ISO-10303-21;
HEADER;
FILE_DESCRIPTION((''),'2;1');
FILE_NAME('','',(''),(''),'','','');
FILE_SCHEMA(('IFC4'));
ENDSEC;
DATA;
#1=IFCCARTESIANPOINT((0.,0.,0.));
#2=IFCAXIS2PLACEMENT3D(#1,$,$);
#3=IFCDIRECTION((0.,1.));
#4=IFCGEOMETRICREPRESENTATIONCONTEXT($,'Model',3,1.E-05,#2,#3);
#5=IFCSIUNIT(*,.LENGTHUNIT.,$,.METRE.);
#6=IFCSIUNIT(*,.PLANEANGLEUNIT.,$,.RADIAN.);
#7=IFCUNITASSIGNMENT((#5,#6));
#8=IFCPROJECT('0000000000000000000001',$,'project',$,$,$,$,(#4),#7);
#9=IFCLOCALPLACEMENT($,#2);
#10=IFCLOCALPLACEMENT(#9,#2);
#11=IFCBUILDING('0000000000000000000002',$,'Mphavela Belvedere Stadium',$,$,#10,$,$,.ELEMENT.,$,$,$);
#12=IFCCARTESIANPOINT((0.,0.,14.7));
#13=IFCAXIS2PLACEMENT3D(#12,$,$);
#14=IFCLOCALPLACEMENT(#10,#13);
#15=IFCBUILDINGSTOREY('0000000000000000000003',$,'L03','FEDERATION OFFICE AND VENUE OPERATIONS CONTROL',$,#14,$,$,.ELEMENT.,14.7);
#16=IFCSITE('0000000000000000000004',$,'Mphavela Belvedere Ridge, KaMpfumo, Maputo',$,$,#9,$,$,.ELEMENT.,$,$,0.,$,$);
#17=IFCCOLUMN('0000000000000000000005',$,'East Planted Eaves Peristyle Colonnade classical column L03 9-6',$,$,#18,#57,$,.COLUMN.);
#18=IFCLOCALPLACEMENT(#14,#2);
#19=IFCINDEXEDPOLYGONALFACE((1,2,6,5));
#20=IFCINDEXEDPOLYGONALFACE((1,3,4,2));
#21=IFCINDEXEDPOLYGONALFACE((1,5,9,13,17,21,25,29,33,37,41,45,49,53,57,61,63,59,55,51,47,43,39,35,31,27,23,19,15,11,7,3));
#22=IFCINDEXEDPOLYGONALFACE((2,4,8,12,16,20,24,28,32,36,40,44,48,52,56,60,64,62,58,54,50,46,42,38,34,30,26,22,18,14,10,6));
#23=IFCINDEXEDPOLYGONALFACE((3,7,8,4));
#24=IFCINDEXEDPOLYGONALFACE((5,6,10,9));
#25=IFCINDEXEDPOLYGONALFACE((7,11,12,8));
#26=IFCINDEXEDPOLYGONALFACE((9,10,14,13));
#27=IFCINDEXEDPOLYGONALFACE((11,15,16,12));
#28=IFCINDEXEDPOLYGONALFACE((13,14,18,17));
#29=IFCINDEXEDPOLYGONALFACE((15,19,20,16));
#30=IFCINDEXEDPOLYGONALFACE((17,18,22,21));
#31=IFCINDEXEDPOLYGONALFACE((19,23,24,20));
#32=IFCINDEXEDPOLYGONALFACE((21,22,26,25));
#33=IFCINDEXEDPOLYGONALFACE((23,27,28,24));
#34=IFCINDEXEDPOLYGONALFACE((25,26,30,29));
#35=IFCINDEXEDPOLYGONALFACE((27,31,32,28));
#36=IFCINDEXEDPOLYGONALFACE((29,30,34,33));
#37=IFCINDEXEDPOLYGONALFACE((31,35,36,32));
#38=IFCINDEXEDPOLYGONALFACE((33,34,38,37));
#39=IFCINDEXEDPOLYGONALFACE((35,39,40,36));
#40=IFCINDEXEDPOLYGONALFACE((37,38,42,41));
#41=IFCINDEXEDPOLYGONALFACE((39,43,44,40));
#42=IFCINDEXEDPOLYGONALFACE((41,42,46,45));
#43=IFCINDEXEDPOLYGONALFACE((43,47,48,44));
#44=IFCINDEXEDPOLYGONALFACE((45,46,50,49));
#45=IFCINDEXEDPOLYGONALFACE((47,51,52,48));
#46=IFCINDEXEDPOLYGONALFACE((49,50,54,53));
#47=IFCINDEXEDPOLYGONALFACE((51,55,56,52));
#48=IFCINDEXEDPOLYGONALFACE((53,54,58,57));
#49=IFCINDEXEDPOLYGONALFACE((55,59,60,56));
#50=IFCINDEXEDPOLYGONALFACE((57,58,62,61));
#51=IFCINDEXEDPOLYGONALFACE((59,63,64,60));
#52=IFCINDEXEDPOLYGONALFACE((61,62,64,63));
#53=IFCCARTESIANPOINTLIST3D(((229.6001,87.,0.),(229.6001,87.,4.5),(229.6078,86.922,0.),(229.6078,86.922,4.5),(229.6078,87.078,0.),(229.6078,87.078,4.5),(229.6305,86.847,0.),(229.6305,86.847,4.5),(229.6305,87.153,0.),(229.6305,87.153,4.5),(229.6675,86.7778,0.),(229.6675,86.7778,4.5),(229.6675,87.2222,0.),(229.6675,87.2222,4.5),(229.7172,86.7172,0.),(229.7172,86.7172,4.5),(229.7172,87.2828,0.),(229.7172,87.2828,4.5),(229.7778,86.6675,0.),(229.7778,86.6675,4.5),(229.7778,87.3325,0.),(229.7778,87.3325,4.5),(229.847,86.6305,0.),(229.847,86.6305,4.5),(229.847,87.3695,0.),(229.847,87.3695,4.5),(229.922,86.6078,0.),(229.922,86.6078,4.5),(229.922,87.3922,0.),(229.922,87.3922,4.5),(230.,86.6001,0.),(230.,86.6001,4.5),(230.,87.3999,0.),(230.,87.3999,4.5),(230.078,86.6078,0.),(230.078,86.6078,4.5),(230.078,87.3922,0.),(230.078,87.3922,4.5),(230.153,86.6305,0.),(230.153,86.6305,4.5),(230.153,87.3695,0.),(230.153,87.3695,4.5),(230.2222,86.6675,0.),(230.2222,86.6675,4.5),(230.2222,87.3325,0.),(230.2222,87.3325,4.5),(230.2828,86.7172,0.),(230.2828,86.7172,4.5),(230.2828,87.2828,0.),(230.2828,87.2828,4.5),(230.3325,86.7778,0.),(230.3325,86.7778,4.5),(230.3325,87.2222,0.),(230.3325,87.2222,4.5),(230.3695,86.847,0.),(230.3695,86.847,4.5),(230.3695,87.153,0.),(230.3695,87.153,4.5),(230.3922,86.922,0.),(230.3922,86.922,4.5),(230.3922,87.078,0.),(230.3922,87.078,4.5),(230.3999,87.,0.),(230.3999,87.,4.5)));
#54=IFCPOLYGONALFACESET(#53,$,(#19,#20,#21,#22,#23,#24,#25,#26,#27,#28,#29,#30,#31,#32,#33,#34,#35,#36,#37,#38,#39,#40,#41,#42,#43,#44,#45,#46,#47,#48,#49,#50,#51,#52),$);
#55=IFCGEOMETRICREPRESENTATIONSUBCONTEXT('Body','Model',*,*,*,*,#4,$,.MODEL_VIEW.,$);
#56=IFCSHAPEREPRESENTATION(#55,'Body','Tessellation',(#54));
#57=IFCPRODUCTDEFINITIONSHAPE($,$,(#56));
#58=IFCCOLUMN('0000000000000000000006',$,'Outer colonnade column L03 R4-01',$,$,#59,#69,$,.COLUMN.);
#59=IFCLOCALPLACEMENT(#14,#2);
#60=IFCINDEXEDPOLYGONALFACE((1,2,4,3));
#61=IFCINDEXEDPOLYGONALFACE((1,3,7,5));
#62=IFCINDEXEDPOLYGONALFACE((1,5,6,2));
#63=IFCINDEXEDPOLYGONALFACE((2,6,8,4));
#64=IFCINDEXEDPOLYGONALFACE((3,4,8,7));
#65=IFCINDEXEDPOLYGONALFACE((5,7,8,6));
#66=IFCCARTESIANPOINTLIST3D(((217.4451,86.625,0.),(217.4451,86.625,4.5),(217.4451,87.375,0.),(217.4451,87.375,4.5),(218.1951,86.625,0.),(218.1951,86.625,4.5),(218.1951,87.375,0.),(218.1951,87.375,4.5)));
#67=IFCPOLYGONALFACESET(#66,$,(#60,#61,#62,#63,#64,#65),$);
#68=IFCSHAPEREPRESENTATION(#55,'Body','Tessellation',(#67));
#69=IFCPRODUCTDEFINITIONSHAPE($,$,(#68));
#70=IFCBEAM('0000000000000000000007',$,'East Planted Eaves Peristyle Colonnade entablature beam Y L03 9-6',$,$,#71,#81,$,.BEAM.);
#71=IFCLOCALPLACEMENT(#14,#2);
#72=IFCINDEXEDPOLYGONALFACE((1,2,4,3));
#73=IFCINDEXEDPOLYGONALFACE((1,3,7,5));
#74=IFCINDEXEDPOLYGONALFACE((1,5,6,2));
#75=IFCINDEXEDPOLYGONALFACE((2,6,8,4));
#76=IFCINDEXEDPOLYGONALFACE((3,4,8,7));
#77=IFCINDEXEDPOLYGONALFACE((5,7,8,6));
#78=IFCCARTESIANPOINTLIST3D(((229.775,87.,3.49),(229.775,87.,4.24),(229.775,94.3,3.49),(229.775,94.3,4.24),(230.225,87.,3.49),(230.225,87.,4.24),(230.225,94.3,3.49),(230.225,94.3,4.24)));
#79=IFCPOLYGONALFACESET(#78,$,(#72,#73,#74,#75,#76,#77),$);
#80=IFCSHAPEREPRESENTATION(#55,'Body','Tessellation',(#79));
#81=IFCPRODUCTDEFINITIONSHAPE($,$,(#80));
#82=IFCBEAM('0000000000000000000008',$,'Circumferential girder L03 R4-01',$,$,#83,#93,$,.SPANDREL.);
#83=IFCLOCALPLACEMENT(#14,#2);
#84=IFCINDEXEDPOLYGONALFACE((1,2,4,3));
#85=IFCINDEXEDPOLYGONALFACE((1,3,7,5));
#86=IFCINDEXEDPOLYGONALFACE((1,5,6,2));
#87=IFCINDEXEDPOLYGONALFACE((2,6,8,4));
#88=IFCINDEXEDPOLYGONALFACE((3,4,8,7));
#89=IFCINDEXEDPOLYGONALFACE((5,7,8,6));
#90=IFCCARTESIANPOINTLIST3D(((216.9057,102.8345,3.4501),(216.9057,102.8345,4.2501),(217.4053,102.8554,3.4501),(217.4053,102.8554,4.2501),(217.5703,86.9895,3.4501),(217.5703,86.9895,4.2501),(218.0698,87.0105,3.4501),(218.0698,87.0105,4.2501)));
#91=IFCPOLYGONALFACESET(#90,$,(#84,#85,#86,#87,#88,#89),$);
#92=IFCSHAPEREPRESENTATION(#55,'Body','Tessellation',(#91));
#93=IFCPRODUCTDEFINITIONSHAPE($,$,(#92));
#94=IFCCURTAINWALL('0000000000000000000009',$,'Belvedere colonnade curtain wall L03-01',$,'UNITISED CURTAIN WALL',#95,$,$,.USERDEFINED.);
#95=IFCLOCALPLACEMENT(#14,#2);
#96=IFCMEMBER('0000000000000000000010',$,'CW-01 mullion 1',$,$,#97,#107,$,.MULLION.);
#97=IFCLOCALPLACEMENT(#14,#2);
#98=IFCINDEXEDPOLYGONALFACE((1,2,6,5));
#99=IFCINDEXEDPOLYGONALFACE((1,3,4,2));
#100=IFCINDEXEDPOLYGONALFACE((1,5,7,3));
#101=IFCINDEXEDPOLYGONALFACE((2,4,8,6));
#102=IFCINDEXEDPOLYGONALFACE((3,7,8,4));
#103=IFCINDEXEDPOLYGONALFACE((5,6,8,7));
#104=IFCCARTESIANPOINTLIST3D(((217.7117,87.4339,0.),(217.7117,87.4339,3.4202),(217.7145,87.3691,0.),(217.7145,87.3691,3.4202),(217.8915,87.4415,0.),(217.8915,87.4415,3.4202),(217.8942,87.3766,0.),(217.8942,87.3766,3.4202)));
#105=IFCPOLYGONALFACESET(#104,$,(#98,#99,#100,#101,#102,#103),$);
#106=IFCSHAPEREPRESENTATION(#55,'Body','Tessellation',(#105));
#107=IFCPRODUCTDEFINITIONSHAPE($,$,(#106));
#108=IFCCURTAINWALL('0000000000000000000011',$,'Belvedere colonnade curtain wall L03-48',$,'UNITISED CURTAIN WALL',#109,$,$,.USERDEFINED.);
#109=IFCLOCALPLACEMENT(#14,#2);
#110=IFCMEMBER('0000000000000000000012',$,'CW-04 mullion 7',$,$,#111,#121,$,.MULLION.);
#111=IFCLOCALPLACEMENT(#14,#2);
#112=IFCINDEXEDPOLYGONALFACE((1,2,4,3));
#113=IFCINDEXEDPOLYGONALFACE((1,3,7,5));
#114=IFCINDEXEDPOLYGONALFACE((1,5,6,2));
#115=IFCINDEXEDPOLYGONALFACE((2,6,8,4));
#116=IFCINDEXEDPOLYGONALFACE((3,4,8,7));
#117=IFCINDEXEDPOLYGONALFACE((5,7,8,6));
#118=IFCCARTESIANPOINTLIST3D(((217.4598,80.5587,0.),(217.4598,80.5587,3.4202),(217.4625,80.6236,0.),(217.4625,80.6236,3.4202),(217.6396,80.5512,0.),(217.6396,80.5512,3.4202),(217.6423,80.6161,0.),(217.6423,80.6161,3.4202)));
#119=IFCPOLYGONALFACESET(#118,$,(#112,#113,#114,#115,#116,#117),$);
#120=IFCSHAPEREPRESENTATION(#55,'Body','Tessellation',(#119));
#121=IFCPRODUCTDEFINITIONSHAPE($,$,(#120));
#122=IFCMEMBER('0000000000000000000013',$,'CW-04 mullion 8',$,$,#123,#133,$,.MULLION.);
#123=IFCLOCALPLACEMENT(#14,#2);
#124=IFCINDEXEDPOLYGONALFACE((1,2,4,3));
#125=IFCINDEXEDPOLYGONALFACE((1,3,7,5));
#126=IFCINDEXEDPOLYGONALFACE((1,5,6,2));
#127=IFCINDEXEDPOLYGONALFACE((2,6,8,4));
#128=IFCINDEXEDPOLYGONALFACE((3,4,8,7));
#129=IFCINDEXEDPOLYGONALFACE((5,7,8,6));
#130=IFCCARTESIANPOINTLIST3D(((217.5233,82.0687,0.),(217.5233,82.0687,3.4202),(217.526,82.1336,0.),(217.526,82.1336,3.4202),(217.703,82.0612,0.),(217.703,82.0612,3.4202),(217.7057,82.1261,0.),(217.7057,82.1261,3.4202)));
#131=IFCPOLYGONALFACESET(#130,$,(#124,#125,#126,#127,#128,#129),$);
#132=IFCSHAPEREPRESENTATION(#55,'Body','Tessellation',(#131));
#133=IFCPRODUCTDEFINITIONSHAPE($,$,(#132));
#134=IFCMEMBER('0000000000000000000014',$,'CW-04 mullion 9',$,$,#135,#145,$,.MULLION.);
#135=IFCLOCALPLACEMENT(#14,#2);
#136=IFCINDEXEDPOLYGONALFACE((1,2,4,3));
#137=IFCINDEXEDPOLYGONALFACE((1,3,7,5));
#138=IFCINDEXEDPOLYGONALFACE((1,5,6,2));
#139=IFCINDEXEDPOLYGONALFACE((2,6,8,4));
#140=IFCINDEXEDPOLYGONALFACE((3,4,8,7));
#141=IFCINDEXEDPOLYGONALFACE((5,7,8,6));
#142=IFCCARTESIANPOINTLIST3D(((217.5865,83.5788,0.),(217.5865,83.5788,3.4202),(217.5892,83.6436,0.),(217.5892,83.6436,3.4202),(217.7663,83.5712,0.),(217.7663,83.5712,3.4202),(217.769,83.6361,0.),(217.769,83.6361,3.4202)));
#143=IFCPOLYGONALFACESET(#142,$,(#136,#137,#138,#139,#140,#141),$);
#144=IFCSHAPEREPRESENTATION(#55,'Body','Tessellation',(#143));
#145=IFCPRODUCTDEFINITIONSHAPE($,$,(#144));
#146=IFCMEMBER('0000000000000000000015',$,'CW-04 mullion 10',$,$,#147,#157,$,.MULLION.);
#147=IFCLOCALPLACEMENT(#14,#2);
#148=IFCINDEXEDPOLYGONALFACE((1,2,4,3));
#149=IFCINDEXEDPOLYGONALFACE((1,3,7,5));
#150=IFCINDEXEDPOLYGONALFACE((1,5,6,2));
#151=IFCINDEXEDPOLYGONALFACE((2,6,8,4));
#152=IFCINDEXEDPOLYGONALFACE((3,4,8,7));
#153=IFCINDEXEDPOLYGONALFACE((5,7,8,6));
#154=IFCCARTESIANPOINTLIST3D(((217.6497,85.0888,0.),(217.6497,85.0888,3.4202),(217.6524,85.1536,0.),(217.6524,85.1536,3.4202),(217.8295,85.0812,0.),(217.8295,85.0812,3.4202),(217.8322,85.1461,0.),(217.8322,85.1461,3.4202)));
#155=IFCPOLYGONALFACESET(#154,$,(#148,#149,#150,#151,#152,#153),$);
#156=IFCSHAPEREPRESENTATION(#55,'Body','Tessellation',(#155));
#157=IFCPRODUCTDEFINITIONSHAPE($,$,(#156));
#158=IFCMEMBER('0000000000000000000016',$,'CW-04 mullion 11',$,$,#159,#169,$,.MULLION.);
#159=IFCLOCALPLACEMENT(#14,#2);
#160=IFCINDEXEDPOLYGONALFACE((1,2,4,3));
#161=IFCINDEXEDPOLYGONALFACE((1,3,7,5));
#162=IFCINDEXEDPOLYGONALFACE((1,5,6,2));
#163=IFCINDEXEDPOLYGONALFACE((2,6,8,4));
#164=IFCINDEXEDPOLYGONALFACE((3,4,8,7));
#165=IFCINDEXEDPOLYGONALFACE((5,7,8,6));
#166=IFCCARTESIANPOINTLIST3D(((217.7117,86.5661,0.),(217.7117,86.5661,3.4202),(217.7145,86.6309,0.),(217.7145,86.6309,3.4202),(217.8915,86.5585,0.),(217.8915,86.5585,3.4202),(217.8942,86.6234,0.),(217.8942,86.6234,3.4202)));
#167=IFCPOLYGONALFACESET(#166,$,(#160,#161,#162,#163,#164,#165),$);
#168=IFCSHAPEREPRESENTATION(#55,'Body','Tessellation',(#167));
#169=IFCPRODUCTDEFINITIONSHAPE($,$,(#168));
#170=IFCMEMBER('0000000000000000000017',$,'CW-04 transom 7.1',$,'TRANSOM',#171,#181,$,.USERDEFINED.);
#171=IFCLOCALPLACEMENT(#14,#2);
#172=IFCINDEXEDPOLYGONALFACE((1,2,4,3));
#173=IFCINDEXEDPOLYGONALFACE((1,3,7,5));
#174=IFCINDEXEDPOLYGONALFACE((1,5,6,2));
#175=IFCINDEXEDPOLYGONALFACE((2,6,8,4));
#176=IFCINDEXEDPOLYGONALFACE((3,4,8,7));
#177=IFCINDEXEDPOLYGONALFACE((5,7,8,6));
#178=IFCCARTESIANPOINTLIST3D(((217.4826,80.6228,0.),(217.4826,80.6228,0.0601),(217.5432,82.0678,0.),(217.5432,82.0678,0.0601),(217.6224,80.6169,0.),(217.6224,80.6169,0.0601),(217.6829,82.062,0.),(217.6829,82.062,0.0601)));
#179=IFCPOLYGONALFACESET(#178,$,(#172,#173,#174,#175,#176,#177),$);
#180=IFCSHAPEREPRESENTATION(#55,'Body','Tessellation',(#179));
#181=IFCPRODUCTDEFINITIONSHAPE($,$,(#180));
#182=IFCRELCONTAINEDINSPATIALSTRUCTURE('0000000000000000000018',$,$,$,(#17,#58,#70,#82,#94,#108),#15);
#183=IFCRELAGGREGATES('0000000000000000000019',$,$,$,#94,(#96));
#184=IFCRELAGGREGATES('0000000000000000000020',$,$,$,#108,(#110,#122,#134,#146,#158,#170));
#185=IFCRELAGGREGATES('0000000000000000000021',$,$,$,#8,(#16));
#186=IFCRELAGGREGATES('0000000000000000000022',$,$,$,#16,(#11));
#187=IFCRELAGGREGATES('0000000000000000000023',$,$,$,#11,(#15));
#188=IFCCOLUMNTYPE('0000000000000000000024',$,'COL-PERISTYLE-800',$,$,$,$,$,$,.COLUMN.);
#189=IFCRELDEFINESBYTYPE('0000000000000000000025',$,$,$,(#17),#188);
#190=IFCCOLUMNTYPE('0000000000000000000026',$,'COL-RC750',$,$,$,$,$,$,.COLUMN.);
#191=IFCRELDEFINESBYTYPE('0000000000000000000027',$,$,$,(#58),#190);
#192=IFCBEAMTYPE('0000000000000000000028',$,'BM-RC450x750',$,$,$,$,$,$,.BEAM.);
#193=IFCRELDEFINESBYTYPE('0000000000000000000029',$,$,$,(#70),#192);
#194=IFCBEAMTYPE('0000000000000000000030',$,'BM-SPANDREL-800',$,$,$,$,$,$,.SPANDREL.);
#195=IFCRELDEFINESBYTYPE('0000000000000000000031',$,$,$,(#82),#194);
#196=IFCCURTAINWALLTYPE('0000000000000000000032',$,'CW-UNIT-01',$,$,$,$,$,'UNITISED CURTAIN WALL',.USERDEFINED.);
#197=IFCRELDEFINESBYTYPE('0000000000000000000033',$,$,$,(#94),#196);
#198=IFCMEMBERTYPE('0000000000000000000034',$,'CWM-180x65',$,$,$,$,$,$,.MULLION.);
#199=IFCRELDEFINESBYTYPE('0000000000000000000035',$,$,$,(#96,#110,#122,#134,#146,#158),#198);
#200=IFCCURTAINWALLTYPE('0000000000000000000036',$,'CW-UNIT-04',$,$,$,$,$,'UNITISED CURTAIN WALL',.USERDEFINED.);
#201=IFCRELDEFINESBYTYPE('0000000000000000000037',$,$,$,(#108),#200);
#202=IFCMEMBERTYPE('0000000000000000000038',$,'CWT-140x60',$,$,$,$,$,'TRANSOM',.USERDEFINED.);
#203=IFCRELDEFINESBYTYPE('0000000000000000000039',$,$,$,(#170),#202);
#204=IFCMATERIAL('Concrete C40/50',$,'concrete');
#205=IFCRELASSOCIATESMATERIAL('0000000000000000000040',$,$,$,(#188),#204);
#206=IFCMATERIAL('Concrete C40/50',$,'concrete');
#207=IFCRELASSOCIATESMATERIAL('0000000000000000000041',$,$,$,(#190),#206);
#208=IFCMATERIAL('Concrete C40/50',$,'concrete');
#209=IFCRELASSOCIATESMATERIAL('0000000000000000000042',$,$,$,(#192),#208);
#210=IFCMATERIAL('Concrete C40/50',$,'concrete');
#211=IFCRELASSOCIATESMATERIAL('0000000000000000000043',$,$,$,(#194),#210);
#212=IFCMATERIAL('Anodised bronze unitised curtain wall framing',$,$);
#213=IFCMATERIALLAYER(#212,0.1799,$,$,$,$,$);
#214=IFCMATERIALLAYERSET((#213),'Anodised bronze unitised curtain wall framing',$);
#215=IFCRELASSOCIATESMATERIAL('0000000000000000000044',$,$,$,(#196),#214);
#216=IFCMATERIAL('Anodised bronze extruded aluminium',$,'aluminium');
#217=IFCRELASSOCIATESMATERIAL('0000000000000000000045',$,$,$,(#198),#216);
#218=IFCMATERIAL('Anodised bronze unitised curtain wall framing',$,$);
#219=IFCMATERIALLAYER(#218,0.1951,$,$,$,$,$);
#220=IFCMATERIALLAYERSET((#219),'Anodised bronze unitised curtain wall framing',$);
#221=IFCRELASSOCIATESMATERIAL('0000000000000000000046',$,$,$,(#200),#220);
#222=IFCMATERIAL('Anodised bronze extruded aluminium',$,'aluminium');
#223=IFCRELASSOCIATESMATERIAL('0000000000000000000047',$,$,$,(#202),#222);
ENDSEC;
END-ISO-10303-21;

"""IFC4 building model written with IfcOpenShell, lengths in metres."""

from ifc_helpers import new_model, si_unit, direction, frame, origin, origin_2d, place, context, subcontext, project, spatial, rectangle, circle, extrude, material, layer, layer_set, material_profile, profile_set, type_object, element, aggregate, save


model = new_model("IFC4")

# Units and contexts
model_context = context("Model", 3, precision=1e-05, world=origin(), true_north=direction((0.0, 1.0)))
body_context = subcontext(model_context, "Body", "Model", "MODEL_VIEW")
ifc_project = project(units=[si_unit("LENGTHUNIT", "METRE"), si_unit("PLANEANGLEUNIT", "RADIAN")], contexts=[model_context])

# Site, building, storey
site_placement = place(None, origin())
site = spatial("IfcSite", under=ifc_project, at=site_placement, Name="Mphavela Belvedere Ridge, KaMpfumo, Maputo", CompositionType="ELEMENT", RefElevation=0.0)
building_placement = place(site_placement, origin())
building = spatial("IfcBuilding", under=site, at=building_placement, Name="Mphavela Belvedere Stadium", CompositionType="ELEMENT")
storey_placement = place(building_placement, frame((0.0, 0.0, 14.7)))
storey = spatial("IfcBuildingStorey", under=building, at=storey_placement, Name="L03", Description="FEDERATION OFFICE AND VENUE OPERATIONS CONTROL", CompositionType="ELEMENT", Elevation=14.7)

# Columns
ifc_material_1 = material(Name="Concrete C40/50", Category="concrete")
ifc_material_profile_1 = material_profile(ifc_material_1, circle(Radius=0.3999, at=origin_2d()), Name="COL D800")
ifc_profile_set_1 = profile_set([ifc_material_profile_1], Name="Concrete C40/50")
column_type_1 = type_object("IfcColumnType", Name="COL-PERISTYLE-800", PredefinedType="COLUMN", material=ifc_profile_set_1)
column_1_placement = place(storey_placement, frame((230.0, 87.0, 0.0), z_axis=(0.0, 0.0, 1.0), x_axis=(1.0, 0.0, 0.0)))
element("IfcColumn", 1, at=column_1_placement, inside=storey, type_object=column_type_1, Name="East Planted Eaves Peristyle Colonnade classical column L03 9-6", PredefinedType="COLUMN", context=body_context, shape_type="SweptSolid", body=[
    extrude(circle(Radius=0.3999, at=origin_2d()), origin(), (0.0, 0.0, 1.0), 4.5),
])
ifc_material_2 = material(Name="Concrete C40/50", Category="concrete")
ifc_material_profile_2 = material_profile(ifc_material_2, rectangle(XDim=0.75, YDim=0.75, at=origin_2d()), Name="RC 750x750")
ifc_profile_set_2 = profile_set([ifc_material_profile_2], Name="Concrete C40/50")
column_type_2 = type_object("IfcColumnType", Name="COL-RC750", PredefinedType="COLUMN", material=ifc_profile_set_2)
column_2_placement = place(storey_placement, frame((217.8201, 87.0, 0.0), z_axis=(0.0, 0.0, 1.0), x_axis=(1.0, 0.0, 0.0)))
element("IfcColumn", 2, at=column_2_placement, inside=storey, type_object=column_type_2, Name="Outer colonnade column L03 R4-01", PredefinedType="COLUMN", context=body_context, shape_type="SweptSolid", body=[
    extrude(rectangle(XDim=0.75, YDim=0.75, at=origin_2d()), origin(), (0.0, 0.0, 1.0), 4.5),
])

# Beams
ifc_material_3 = material(Name="Concrete C40/50", Category="concrete")
ifc_material_profile_3 = material_profile(ifc_material_3, rectangle(XDim=0.45, YDim=0.75, at=origin_2d()), Name="RC 450x750")
ifc_profile_set_3 = profile_set([ifc_material_profile_3], Name="Concrete C40/50")
beam_type_1 = type_object("IfcBeamType", Name="BM-RC450x750", PredefinedType="BEAM", material=ifc_profile_set_3)
beam_1_placement = place(storey_placement, frame((230.0, 87.0, 3.865), z_axis=(0.0, 1.0, 0.0), x_axis=(-1.0, 0.0, 0.0)))
element("IfcBeam", 3, at=beam_1_placement, inside=storey, type_object=beam_type_1, Name="East Planted Eaves Peristyle Colonnade entablature beam Y L03 9-6", PredefinedType="BEAM", context=body_context, shape_type="SweptSolid", body=[
    extrude(rectangle(XDim=0.45, YDim=0.75, at=origin_2d()), origin(), (0.0, 0.0, 1.0), 7.3),
])
ifc_material_4 = material(Name="Concrete C40/50", Category="concrete")
ifc_material_profile_4 = material_profile(ifc_material_4, rectangle(XDim=0.5, YDim=0.8, at=origin_2d()), Name="RC 500x800")
ifc_profile_set_4 = profile_set([ifc_material_profile_4], Name="Concrete C40/50")
beam_type_2 = type_object("IfcBeamType", Name="BM-SPANDREL-800", PredefinedType="SPANDREL", material=ifc_profile_set_4)
beam_2_placement = place(storey_placement, frame((217.8201, 87.0, 3.8501), z_axis=(-0.041904, 0.999122, 0.0), x_axis=(-0.999122, -0.041904, 0.0)))
element("IfcBeam", 4, at=beam_2_placement, inside=storey, type_object=beam_type_2, Name="Circumferential girder L03 R4-01", PredefinedType="SPANDREL", context=body_context, shape_type="SweptSolid", body=[
    extrude(rectangle(XDim=0.5, YDim=0.8, at=origin_2d()), origin(), (0.0, 0.0, 1.0), 15.8589),
])

# Curtain wall, member
ifc_material_5 = material(Name="Anodised bronze unitised curtain wall framing")
ifc_layer_1 = layer(ifc_material_5, 0.1799)
ifc_layer_set_1 = layer_set([ifc_layer_1], Name="Anodised bronze unitised curtain wall framing")
curtain_wall_type_1 = type_object("IfcCurtainWallType", Name="CW-UNIT-01", ElementType="UNITISED CURTAIN WALL", PredefinedType="USERDEFINED", material=ifc_layer_set_1)
curtain_wall_1_placement = place(storey_placement, origin())
curtain_wall_1 = element("IfcCurtainWall", 5, at=curtain_wall_1_placement, inside=storey, type_object=curtain_wall_type_1, Name="Belvedere colonnade curtain wall L03-01", ObjectType="UNITISED CURTAIN WALL", PredefinedType="USERDEFINED")
ifc_material_6 = material(Name="Anodised bronze extruded aluminium", Category="aluminium")
ifc_material_profile_5 = material_profile(ifc_material_6, rectangle(XDim=0.1799, YDim=0.0649, at=origin_2d()), Name="CW-MUL 180x65")
ifc_profile_set_5 = profile_set([ifc_material_profile_5], Name="Anodised bronze extruded aluminium")
member_type_1 = type_object("IfcMemberType", Name="CWM-180x65", PredefinedType="MULLION", material=ifc_profile_set_5)
member_1_placement = place(storey_placement, frame((217.803, 87.4053, 0.0), z_axis=(0.0, 0.0, 1.0), x_axis=(-0.999121, -0.041911, 0.0)))
member_1 = element("IfcMember", 6, at=member_1_placement, type_object=member_type_1, Name="CW-01 mullion 1", PredefinedType="MULLION", context=body_context, shape_type="SweptSolid", body=[
    extrude(rectangle(XDim=0.1799, YDim=0.0649, at=origin_2d()), origin(), (0.0, 0.0, 1.0), 3.4202),
])
aggregate(curtain_wall_1, [member_1])

# Curtain wall, members
ifc_material_7 = material(Name="Anodised bronze unitised curtain wall framing")
ifc_layer_2 = layer(ifc_material_7, 0.1951)
ifc_layer_set_2 = layer_set([ifc_layer_2], Name="Anodised bronze unitised curtain wall framing")
curtain_wall_type_2 = type_object("IfcCurtainWallType", Name="CW-UNIT-04", ElementType="UNITISED CURTAIN WALL", PredefinedType="USERDEFINED", material=ifc_layer_set_2)
curtain_wall_2_placement = place(storey_placement, origin())
curtain_wall_2 = element("IfcCurtainWall", 7, at=curtain_wall_2_placement, inside=storey, type_object=curtain_wall_type_2, Name="Belvedere colonnade curtain wall L03-48", ObjectType="UNITISED CURTAIN WALL", PredefinedType="USERDEFINED")
member_2_placement = place(storey_placement, frame((217.551, 80.5874, 0.0), z_axis=(0.0, 0.0, 1.0), x_axis=(-0.999121, 0.041911, 0.0)))
member_2 = element("IfcMember", 8, at=member_2_placement, type_object=member_type_1, Name="CW-04 mullion 7", PredefinedType="MULLION", context=body_context, shape_type="SweptSolid", body=[
    extrude(rectangle(XDim=0.1799, YDim=0.0649, at=origin_2d()), origin(), (0.0, 0.0, 1.0), 3.4202),
])
member_3_placement = place(storey_placement, frame((217.6145, 82.0974, 0.0), z_axis=(0.0, 0.0, 1.0), x_axis=(-0.999121, 0.041911, 0.0)))
member_3 = element("IfcMember", 9, at=member_3_placement, type_object=member_type_1, Name="CW-04 mullion 8", PredefinedType="MULLION", context=body_context, shape_type="SweptSolid", body=[
    extrude(rectangle(XDim=0.1799, YDim=0.0649, at=origin_2d()), origin(), (0.0, 0.0, 1.0), 3.4202),
])
member_4_placement = place(storey_placement, frame((217.6777, 83.6074, 0.0), z_axis=(0.0, 0.0, 1.0), x_axis=(-0.999121, 0.041911, 0.0)))
member_4 = element("IfcMember", 10, at=member_4_placement, type_object=member_type_1, Name="CW-04 mullion 9", PredefinedType="MULLION", context=body_context, shape_type="SweptSolid", body=[
    extrude(rectangle(XDim=0.1799, YDim=0.0649, at=origin_2d()), origin(), (0.0, 0.0, 1.0), 3.4202),
])
member_5_placement = place(storey_placement, frame((217.741, 85.1174, 0.0), z_axis=(0.0, 0.0, 1.0), x_axis=(-0.999121, 0.041911, 0.0)))
member_5 = element("IfcMember", 11, at=member_5_placement, type_object=member_type_1, Name="CW-04 mullion 10", PredefinedType="MULLION", context=body_context, shape_type="SweptSolid", body=[
    extrude(rectangle(XDim=0.1799, YDim=0.0649, at=origin_2d()), origin(), (0.0, 0.0, 1.0), 3.4202),
])
member_6_placement = place(storey_placement, frame((217.803, 86.5947, 0.0), z_axis=(0.0, 0.0, 1.0), x_axis=(-0.999121, 0.041911, 0.0)))
member_6 = element("IfcMember", 12, at=member_6_placement, type_object=member_type_1, Name="CW-04 mullion 11", PredefinedType="MULLION", context=body_context, shape_type="SweptSolid", body=[
    extrude(rectangle(XDim=0.1799, YDim=0.0649, at=origin_2d()), origin(), (0.0, 0.0, 1.0), 3.4202),
])
ifc_material_8 = material(Name="Anodised bronze extruded aluminium", Category="aluminium")
ifc_material_profile_6 = material_profile(ifc_material_8, rectangle(XDim=0.1399, YDim=0.0601, at=origin_2d()), Name="CW-TRN 140x60")
ifc_profile_set_6 = profile_set([ifc_material_profile_6], Name="Anodised bronze extruded aluminium")
member_type_2 = type_object("IfcMemberType", Name="CWT-140x60", ElementType="TRANSOM", PredefinedType="USERDEFINED", material=ifc_profile_set_6)
member_7_placement = place(storey_placement, frame((217.5525, 80.6199, 0.03), z_axis=(0.041862, 0.999123, 0.0), x_axis=(-0.999123, 0.041862, 0.0)))
member_7 = element("IfcMember", 13, at=member_7_placement, type_object=member_type_2, Name="CW-04 transom 7.1", ObjectType="TRANSOM", PredefinedType="USERDEFINED", context=body_context, shape_type="SweptSolid", body=[
    extrude(rectangle(XDim=0.1399, YDim=0.0601, at=origin_2d()), origin(), (0.0, 0.0, 1.0), 1.4463),
])
aggregate(curtain_wall_2, [member_2, member_3, member_4, member_5, member_6, member_7])

save(model, "model.ifc")
